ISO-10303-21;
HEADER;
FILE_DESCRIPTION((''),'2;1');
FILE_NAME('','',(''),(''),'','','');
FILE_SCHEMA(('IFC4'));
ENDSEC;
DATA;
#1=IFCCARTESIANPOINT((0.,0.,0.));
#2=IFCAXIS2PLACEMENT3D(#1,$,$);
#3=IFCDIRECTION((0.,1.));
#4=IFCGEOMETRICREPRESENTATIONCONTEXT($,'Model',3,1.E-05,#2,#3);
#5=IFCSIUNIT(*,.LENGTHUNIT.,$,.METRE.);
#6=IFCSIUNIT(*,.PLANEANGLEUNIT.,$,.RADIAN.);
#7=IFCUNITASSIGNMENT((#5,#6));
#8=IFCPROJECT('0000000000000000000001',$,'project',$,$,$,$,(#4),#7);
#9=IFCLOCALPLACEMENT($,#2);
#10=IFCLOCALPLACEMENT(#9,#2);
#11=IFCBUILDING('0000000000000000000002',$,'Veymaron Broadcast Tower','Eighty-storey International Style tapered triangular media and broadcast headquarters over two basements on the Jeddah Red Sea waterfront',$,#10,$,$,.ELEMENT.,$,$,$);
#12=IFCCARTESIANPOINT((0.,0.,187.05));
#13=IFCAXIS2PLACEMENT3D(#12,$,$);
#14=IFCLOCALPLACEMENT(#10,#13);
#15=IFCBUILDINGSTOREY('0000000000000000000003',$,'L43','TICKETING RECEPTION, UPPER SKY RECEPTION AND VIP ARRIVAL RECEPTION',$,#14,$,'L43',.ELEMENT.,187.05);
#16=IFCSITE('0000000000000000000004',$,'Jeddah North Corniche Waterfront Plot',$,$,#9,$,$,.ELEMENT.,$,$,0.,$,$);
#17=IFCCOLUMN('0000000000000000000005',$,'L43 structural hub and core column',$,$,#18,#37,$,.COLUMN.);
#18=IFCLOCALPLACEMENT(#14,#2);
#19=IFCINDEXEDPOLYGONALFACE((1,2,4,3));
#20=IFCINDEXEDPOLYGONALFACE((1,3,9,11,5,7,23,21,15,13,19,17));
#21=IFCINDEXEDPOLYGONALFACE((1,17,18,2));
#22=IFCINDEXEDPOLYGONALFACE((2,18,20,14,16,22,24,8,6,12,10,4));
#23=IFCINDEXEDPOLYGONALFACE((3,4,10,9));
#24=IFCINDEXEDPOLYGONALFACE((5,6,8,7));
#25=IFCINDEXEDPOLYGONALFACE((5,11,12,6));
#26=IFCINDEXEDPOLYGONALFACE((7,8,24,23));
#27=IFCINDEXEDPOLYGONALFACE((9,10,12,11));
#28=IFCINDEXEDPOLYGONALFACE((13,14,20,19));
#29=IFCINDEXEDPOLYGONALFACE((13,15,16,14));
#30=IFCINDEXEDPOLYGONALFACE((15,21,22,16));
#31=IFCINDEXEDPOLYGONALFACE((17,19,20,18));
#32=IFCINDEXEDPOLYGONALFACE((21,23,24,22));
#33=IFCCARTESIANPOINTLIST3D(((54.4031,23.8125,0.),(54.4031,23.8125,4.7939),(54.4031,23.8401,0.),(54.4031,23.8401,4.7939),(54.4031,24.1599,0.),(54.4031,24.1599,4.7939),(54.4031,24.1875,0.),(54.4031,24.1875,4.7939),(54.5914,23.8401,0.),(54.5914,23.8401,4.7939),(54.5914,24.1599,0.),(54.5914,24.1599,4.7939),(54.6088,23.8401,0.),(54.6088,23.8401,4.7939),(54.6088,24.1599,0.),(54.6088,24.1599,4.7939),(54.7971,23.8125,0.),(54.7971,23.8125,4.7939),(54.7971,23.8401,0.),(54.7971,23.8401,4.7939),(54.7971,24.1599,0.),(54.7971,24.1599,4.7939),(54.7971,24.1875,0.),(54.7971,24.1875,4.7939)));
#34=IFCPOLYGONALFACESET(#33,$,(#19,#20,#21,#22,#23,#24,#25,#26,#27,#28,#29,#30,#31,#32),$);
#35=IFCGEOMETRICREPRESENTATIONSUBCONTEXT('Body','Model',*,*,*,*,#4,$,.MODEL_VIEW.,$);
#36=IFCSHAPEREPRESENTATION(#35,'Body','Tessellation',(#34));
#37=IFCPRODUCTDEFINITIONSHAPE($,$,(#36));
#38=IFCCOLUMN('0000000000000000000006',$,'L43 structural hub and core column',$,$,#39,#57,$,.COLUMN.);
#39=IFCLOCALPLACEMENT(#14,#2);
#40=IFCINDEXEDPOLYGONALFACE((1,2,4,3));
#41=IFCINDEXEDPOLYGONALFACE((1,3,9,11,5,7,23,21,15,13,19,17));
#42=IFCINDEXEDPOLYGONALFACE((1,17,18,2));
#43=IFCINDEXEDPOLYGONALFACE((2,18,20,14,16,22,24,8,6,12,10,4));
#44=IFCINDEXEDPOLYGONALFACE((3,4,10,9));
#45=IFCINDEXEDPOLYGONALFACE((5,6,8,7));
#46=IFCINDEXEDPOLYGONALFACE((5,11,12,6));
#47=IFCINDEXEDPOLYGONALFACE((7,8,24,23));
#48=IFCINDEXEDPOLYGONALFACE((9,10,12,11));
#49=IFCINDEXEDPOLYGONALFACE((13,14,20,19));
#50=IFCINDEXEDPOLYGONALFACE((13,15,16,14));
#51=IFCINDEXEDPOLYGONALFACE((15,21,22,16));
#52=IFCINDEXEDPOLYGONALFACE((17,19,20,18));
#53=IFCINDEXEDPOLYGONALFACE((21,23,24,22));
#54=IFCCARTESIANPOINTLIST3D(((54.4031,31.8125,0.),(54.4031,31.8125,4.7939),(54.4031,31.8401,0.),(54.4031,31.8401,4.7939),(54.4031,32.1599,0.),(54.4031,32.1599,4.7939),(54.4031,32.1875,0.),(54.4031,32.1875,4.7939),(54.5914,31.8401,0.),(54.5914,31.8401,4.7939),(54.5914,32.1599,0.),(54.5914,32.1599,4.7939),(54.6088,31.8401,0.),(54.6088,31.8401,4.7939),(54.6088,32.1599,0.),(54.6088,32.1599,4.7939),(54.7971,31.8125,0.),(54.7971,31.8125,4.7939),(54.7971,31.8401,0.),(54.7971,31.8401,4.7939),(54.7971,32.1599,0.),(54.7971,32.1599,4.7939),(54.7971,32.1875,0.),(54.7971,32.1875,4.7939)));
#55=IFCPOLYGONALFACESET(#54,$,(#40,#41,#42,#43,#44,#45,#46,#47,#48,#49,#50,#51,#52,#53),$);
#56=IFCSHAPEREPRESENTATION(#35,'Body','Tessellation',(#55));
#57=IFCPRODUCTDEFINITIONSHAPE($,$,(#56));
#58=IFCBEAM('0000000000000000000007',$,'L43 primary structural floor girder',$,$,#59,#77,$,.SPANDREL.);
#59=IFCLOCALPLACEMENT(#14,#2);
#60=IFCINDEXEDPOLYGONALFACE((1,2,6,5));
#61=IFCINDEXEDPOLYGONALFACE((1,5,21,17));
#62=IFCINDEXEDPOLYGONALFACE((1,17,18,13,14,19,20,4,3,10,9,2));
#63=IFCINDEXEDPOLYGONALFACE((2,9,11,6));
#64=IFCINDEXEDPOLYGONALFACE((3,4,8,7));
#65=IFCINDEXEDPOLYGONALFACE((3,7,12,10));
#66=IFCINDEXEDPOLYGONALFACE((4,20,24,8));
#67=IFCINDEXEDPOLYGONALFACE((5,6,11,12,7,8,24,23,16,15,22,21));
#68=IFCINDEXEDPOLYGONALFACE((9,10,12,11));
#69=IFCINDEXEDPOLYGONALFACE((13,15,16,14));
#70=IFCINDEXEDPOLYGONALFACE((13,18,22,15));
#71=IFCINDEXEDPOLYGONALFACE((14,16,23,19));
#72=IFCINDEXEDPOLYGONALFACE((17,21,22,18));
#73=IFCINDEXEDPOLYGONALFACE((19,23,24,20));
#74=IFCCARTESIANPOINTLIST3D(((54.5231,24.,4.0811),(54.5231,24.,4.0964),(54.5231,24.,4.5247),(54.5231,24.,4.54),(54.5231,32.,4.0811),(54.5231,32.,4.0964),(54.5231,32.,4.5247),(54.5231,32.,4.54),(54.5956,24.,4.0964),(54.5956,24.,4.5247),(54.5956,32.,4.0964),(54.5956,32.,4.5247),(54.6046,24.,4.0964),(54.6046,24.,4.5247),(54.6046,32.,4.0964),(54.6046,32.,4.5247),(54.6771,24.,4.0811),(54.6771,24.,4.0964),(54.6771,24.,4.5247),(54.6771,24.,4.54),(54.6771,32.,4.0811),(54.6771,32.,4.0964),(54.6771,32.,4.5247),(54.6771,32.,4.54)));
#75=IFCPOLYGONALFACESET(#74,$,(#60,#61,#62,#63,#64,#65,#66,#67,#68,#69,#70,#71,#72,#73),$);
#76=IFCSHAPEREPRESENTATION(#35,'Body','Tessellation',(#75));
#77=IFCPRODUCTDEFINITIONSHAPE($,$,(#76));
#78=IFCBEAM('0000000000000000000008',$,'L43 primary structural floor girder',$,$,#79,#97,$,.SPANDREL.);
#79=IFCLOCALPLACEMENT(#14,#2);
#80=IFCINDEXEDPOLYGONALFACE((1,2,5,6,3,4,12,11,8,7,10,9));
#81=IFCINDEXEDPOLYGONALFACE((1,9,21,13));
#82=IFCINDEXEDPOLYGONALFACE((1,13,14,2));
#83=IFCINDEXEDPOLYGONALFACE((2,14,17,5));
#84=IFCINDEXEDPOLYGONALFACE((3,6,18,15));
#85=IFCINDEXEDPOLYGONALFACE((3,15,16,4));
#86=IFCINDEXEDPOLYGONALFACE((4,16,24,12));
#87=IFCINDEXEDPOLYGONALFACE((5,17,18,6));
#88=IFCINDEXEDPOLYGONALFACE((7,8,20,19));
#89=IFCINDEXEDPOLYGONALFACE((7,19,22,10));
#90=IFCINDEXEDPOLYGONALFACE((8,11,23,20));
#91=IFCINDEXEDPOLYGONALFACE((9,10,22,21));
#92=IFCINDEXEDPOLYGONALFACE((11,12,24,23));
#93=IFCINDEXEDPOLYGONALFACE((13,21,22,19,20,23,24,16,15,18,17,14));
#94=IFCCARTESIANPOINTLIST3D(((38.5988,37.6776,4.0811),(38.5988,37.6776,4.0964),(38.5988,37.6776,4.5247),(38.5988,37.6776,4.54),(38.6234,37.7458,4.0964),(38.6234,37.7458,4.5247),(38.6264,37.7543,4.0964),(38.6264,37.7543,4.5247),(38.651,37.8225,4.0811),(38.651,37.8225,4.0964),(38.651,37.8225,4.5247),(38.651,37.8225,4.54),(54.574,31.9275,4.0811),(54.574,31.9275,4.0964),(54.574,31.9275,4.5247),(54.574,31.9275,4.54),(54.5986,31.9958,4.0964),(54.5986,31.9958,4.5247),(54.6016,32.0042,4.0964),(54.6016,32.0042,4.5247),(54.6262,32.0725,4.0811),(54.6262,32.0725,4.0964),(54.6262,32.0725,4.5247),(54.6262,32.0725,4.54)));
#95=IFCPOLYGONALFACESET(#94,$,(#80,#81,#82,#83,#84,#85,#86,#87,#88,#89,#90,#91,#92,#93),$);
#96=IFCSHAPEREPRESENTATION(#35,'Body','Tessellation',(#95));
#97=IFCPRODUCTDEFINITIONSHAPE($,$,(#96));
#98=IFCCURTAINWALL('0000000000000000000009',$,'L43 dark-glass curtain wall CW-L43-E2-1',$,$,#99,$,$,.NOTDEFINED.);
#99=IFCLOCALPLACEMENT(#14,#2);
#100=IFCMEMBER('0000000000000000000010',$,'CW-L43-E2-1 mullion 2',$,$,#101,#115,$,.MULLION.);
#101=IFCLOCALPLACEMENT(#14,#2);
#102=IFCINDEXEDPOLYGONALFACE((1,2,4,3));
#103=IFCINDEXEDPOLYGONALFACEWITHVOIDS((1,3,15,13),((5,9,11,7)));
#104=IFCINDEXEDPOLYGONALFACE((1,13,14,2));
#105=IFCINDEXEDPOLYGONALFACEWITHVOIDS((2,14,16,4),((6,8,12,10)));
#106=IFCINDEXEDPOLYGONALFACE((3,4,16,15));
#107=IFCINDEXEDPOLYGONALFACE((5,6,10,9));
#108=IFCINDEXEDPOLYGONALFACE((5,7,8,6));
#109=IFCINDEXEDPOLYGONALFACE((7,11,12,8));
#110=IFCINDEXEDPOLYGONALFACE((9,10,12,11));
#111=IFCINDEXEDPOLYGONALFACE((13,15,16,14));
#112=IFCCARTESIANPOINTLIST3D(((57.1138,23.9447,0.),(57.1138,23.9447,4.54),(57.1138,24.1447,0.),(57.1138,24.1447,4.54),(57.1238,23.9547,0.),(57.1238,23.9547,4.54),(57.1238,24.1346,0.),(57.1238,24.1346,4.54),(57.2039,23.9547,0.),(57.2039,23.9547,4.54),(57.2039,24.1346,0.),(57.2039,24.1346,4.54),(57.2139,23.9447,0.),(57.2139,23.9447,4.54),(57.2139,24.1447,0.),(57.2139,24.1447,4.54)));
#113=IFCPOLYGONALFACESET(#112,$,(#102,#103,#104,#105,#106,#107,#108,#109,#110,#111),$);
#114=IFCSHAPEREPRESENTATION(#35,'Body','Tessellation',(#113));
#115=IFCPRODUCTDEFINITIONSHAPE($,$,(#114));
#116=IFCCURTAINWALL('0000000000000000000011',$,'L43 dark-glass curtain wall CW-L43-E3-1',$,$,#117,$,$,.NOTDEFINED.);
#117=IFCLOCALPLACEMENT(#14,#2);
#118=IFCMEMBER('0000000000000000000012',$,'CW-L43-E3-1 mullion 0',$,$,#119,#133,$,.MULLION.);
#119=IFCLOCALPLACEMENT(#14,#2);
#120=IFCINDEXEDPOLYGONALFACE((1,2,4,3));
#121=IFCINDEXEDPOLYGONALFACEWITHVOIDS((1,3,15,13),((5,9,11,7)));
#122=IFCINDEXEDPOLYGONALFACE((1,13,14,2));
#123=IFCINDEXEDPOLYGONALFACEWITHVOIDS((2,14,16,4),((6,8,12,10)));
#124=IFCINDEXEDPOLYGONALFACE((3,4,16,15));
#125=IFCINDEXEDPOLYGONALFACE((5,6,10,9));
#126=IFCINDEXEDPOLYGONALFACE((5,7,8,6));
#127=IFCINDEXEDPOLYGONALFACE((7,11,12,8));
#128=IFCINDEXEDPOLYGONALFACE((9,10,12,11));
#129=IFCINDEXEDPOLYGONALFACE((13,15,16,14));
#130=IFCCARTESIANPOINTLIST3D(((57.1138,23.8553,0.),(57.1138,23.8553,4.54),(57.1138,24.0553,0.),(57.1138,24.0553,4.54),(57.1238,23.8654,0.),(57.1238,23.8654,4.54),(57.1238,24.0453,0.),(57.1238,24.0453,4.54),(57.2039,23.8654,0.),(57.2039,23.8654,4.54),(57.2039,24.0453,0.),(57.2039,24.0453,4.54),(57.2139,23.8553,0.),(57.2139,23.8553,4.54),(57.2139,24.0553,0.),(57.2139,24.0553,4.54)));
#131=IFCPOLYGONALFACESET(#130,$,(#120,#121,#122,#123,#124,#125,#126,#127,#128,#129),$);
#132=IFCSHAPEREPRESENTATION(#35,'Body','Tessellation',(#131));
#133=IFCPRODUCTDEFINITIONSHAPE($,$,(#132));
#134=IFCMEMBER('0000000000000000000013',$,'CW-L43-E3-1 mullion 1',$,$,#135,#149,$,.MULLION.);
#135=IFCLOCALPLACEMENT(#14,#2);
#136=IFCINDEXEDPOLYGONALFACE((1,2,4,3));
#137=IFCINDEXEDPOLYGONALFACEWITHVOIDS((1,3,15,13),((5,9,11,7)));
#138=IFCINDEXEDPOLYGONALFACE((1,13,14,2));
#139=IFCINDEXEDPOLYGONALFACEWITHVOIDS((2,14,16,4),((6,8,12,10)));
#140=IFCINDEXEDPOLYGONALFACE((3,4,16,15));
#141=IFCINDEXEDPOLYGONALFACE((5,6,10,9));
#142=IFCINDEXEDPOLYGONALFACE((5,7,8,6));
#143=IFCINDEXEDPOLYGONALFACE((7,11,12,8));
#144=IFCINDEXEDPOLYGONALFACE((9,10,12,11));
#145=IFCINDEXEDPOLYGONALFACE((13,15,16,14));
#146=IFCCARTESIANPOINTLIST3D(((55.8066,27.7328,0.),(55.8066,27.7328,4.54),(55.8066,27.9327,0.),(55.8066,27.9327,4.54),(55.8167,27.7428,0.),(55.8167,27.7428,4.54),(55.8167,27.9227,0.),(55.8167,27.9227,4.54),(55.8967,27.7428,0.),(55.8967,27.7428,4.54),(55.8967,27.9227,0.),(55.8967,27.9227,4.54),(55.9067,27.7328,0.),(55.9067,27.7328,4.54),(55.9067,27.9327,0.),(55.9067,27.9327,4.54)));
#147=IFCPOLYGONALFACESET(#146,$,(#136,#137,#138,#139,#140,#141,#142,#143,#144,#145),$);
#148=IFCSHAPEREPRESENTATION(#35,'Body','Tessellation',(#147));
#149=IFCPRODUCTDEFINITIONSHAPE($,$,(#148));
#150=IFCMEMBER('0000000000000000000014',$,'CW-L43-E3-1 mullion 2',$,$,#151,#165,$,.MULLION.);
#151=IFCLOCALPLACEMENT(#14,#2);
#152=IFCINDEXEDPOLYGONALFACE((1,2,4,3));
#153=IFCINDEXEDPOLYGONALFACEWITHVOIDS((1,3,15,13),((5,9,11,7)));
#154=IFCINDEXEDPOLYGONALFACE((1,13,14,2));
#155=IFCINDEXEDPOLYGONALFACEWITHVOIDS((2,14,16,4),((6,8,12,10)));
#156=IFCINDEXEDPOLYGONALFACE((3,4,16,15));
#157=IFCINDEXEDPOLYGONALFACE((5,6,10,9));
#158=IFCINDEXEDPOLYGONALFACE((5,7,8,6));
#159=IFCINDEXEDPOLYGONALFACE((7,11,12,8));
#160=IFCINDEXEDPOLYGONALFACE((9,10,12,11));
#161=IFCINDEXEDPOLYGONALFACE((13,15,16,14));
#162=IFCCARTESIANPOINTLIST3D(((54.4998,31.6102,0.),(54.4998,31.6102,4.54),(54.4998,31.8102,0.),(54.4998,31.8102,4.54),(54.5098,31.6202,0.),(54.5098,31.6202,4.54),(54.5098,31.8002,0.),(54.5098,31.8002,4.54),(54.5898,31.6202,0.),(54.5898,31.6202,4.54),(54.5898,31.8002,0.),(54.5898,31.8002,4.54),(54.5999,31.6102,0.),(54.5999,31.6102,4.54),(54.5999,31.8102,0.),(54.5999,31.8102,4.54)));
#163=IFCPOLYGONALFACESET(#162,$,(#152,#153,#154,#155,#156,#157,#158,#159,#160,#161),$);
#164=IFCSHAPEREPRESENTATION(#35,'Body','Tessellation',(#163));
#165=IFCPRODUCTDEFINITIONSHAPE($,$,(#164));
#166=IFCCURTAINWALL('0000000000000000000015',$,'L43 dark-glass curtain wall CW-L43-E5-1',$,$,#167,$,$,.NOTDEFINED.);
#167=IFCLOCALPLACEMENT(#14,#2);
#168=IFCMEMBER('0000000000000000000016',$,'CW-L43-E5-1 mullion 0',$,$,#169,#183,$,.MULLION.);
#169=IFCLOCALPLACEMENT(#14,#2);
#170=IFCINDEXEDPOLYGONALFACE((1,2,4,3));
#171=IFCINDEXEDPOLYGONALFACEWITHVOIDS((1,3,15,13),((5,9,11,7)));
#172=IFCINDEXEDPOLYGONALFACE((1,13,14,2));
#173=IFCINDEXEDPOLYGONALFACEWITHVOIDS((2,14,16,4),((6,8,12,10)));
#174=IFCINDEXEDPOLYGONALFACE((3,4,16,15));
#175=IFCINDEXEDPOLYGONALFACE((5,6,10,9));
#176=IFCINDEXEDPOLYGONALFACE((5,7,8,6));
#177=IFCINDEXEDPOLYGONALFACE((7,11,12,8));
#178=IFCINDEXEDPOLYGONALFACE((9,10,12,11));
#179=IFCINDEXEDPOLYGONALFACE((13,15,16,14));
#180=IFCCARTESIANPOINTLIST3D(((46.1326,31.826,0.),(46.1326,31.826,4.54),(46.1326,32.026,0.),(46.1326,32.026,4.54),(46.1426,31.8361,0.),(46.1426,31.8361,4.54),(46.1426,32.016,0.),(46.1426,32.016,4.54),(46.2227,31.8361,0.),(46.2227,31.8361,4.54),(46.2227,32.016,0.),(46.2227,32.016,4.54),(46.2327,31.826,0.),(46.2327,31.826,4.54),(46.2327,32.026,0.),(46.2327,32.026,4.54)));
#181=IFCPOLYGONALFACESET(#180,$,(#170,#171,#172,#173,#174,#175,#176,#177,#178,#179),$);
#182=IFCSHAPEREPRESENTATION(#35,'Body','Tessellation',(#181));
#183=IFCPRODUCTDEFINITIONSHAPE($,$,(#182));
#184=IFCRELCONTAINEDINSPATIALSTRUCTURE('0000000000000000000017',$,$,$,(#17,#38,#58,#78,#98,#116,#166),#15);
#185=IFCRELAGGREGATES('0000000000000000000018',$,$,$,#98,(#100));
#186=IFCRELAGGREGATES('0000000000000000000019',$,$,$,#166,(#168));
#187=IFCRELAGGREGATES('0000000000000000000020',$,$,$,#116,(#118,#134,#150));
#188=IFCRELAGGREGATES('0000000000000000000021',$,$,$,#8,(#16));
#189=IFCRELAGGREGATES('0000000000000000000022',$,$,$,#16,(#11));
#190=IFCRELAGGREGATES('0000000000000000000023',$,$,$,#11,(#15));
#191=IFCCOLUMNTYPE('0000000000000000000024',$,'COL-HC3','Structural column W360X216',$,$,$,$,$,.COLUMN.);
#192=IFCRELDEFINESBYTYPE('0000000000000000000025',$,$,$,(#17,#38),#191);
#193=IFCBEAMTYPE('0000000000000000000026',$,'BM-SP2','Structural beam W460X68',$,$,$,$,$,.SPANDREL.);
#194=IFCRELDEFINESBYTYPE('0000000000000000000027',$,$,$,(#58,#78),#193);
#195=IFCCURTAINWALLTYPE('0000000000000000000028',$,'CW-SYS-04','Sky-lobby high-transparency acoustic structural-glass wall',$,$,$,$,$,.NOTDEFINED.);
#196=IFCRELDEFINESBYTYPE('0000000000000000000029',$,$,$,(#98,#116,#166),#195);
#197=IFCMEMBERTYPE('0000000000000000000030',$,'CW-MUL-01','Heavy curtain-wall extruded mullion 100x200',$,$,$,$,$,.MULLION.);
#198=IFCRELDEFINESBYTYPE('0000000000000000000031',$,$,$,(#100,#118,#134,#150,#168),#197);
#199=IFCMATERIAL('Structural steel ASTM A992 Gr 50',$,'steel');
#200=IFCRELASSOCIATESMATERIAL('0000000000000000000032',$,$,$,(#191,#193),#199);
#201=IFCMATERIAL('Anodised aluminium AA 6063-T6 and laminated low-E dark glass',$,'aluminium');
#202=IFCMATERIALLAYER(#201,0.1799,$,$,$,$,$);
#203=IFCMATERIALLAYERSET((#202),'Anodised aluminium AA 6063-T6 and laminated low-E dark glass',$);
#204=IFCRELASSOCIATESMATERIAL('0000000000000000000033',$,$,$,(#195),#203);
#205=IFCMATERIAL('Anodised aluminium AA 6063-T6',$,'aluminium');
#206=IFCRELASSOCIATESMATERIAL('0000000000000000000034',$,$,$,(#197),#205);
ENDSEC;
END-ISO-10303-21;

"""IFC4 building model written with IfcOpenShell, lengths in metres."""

from ifc_helpers import new_model, si_unit, direction, frame, origin, origin_2d, place, context, subcontext, project, spatial, hollow_rectangle, i_section, extrude, material, layer, layer_set, material_profile, profile_set, type_object, element, aggregate, save


model = new_model("IFC4")

# Units and contexts
model_context = context("Model", 3, precision=1e-05, world=origin(), true_north=direction((0.0, 1.0)))
body_context = subcontext(model_context, "Body", "Model", "MODEL_VIEW")
ifc_project = project(units=[si_unit("LENGTHUNIT", "METRE"), si_unit("PLANEANGLEUNIT", "RADIAN")], contexts=[model_context])

# Site, building, storey
site_placement = place(None, origin())
site = spatial("IfcSite", under=ifc_project, at=site_placement, Name="Jeddah North Corniche Waterfront Plot", CompositionType="ELEMENT", RefElevation=0.0)
building_placement = place(site_placement, origin())
building = spatial("IfcBuilding", under=site, at=building_placement, Name="Veymaron Broadcast Tower", Description="Eighty-storey International Style tapered triangular media and broadcast headquarters over two basements on the Jeddah Red Sea waterfront", CompositionType="ELEMENT")
storey_placement = place(building_placement, frame((0.0, 0.0, 187.05)))
storey = spatial("IfcBuildingStorey", under=building, at=storey_placement, Name="L43", Description="TICKETING RECEPTION, UPPER SKY RECEPTION AND VIP ARRIVAL RECEPTION", LongName="L43", CompositionType="ELEMENT", Elevation=187.05)

# Columns
ifc_material_1 = material(Name="Structural steel ASTM A992 Gr 50", Category="steel")
ifc_material_profile_1 = material_profile(ifc_material_1, i_section(OverallWidth=0.394, OverallDepth=0.375, WebThickness=0.0173, FlangeThickness=0.0276, at=origin_2d()), Name="W360X216")
ifc_profile_set_1 = profile_set([ifc_material_profile_1], Name="Structural steel ASTM A992 Gr 50")
column_type = type_object("IfcColumnType", Name="COL-HC3", Description="Structural column W360X216", PredefinedType="COLUMN", material=ifc_profile_set_1)
for number, where, z_axis, x_axis, name in (
    (1, (54.6001, 24.0, 0.0), (0.0, 0.0, 1.0), (1.0, 0.0, 0.0), "L43 structural hub and core column"),
    (2, (54.6001, 32.0, 0.0), (0.0, 0.0, 1.0), (1.0, 0.0, 0.0), "L43 structural hub and core column"),
):
    element("IfcColumn", number, at=place(storey_placement, frame(where, z_axis=z_axis, x_axis=x_axis)), inside=storey, type_object=column_type, Name=name, PredefinedType="COLUMN", context=body_context, shape_type="SweptSolid", body=[
        extrude(i_section(OverallWidth=0.394, OverallDepth=0.375, WebThickness=0.0173, FlangeThickness=0.0276, at=origin_2d()), origin(), (0.0, 0.0, 1.0), 4.7939),
    ])

# Beams
ifc_material_profile_2 = material_profile(ifc_material_1, i_section(OverallWidth=0.1541, OverallDepth=0.459, WebThickness=0.009, FlangeThickness=0.0154, at=origin_2d()), Name="W460X68")
ifc_profile_set_2 = profile_set([ifc_material_profile_2], Name="Structural steel ASTM A992 Gr 50")
beam_type = type_object("IfcBeamType", Name="BM-SP2", Description="Structural beam W460X68", PredefinedType="SPANDREL", material=ifc_profile_set_2)
beam_1_placement = place(storey_placement, frame((54.6001, 24.0, 4.3105), z_axis=(0.0, 1.0, 0.0), x_axis=(-1.0, 0.0, 0.0)))
element("IfcBeam", 3, at=beam_1_placement, inside=storey, type_object=beam_type, Name="L43 primary structural floor girder", PredefinedType="SPANDREL", context=body_context, shape_type="SweptSolid", body=[
    extrude(i_section(OverallWidth=0.1541, OverallDepth=0.459, WebThickness=0.009, FlangeThickness=0.0154, at=origin_2d()), origin(), (0.0, 0.0, 1.0), 8.0),
])
beam_2_placement = place(storey_placement, frame((54.6001, 32.0, 4.3105), z_axis=(-0.940907, 0.338665, 0.0), x_axis=(-0.338665, -0.940907, 0.0)))
element("IfcBeam", 4, at=beam_2_placement, inside=storey, type_object=beam_type, Name="L43 primary structural floor girder", PredefinedType="SPANDREL", context=body_context, shape_type="SweptSolid", body=[
    extrude(i_section(OverallWidth=0.1541, OverallDepth=0.459, WebThickness=0.009, FlangeThickness=0.0154, at=origin_2d()), origin(), (0.0, 0.0, 1.0), 16.9785),
])

# Curtain wall, member
ifc_material_2 = material(Name="Anodised aluminium AA 6063-T6 and laminated low-E dark glass", Category="aluminium")
ifc_layer_1 = layer(ifc_material_2, 0.1799)
ifc_layer_set_1 = layer_set([ifc_layer_1], Name="Anodised aluminium AA 6063-T6 and laminated low-E dark glass")
curtain_wall_type = type_object("IfcCurtainWallType", Name="CW-SYS-04", Description="Sky-lobby high-transparency acoustic structural-glass wall", PredefinedType="NOTDEFINED", material=ifc_layer_set_1)
curtain_wall_1_placement = place(storey_placement, origin())
curtain_wall_1 = element("IfcCurtainWall", 5, at=curtain_wall_1_placement, inside=storey, type_object=curtain_wall_type, Name="L43 dark-glass curtain wall CW-L43-E2-1", PredefinedType="NOTDEFINED")
ifc_material_3 = material(Name="Anodised aluminium AA 6063-T6", Category="aluminium")
ifc_material_profile_3 = material_profile(ifc_material_3, hollow_rectangle(XDim=0.1001, YDim=0.2, WallThickness=0.01, at=origin_2d()), Name="RHS200X100X10")
ifc_profile_set_3 = profile_set([ifc_material_profile_3], Name="Anodised aluminium AA 6063-T6")
member_type_1 = type_object("IfcMemberType", Name="CW-MUL-01", Description="Heavy curtain-wall extruded mullion 100x200", PredefinedType="MULLION", material=ifc_profile_set_3)
member_1_placement = place(storey_placement, frame((57.1638, 24.0447, 0.0), z_axis=(0.0, 0.0, 1.0), x_axis=(1.0, 0.0, 0.0)))
member_1 = element("IfcMember", 6, at=member_1_placement, type_object=member_type_1, Name="CW-L43-E2-1 mullion 2", PredefinedType="MULLION", context=body_context, shape_type="SweptSolid", body=[
    extrude(hollow_rectangle(XDim=0.1001, YDim=0.2, WallThickness=0.01, at=origin_2d()), origin(), (0.0, 0.0, 1.0), 4.54),
])
aggregate(curtain_wall_1, [member_1])

# Curtain wall, members
curtain_wall_2_placement = place(storey_placement, origin())
curtain_wall_2 = element("IfcCurtainWall", 7, at=curtain_wall_2_placement, inside=storey, type_object=curtain_wall_type, Name="L43 dark-glass curtain wall CW-L43-E3-1", PredefinedType="NOTDEFINED")
member_2_placement = place(storey_placement, frame((57.1638, 23.9553, 0.0), z_axis=(0.0, 0.0, 1.0), x_axis=(1.0, 0.0, 0.0)))
member_2 = element("IfcMember", 8, at=member_2_placement, type_object=member_type_1, Name="CW-L43-E3-1 mullion 0", PredefinedType="MULLION", context=body_context, shape_type="SweptSolid", body=[
    extrude(hollow_rectangle(XDim=0.1001, YDim=0.2, WallThickness=0.01, at=origin_2d()), origin(), (0.0, 0.0, 1.0), 4.54),
])
member_3_placement = place(storey_placement, frame((55.8567, 27.8328, 0.0), z_axis=(0.0, 0.0, 1.0), x_axis=(1.0, 0.0, 0.0)))
member_3 = element("IfcMember", 9, at=member_3_placement, type_object=member_type_1, Name="CW-L43-E3-1 mullion 1", PredefinedType="MULLION", context=body_context, shape_type="SweptSolid", body=[
    extrude(hollow_rectangle(XDim=0.1001, YDim=0.2, WallThickness=0.01, at=origin_2d()), origin(), (0.0, 0.0, 1.0), 4.54),
])
member_4_placement = place(storey_placement, frame((54.5498, 31.7102, 0.0), z_axis=(0.0, 0.0, 1.0), x_axis=(1.0, 0.0, 0.0)))
member_4 = element("IfcMember", 10, at=member_4_placement, type_object=member_type_1, Name="CW-L43-E3-1 mullion 2", PredefinedType="MULLION", context=body_context, shape_type="SweptSolid", body=[
    extrude(hollow_rectangle(XDim=0.1001, YDim=0.2, WallThickness=0.01, at=origin_2d()), origin(), (0.0, 0.0, 1.0), 4.54),
])

# Curtain wall, member
curtain_wall_3_placement = place(storey_placement, origin())
curtain_wall_3 = element("IfcCurtainWall", 11, at=curtain_wall_3_placement, inside=storey, type_object=curtain_wall_type, Name="L43 dark-glass curtain wall CW-L43-E5-1", PredefinedType="NOTDEFINED")
member_5_placement = place(storey_placement, frame((46.1826, 31.926, 0.0), z_axis=(0.0, 0.0, 1.0), x_axis=(1.0, 0.0, 0.0)))
member_5 = element("IfcMember", 12, at=member_5_placement, type_object=member_type_1, Name="CW-L43-E5-1 mullion 0", PredefinedType="MULLION", context=body_context, shape_type="SweptSolid", body=[
    extrude(hollow_rectangle(XDim=0.1001, YDim=0.2, WallThickness=0.01, at=origin_2d()), origin(), (0.0, 0.0, 1.0), 4.54),
])

aggregate(curtain_wall_3, [member_5])

aggregate(curtain_wall_2, [member_2, member_3, member_4])

save(model, "model.ifc")
